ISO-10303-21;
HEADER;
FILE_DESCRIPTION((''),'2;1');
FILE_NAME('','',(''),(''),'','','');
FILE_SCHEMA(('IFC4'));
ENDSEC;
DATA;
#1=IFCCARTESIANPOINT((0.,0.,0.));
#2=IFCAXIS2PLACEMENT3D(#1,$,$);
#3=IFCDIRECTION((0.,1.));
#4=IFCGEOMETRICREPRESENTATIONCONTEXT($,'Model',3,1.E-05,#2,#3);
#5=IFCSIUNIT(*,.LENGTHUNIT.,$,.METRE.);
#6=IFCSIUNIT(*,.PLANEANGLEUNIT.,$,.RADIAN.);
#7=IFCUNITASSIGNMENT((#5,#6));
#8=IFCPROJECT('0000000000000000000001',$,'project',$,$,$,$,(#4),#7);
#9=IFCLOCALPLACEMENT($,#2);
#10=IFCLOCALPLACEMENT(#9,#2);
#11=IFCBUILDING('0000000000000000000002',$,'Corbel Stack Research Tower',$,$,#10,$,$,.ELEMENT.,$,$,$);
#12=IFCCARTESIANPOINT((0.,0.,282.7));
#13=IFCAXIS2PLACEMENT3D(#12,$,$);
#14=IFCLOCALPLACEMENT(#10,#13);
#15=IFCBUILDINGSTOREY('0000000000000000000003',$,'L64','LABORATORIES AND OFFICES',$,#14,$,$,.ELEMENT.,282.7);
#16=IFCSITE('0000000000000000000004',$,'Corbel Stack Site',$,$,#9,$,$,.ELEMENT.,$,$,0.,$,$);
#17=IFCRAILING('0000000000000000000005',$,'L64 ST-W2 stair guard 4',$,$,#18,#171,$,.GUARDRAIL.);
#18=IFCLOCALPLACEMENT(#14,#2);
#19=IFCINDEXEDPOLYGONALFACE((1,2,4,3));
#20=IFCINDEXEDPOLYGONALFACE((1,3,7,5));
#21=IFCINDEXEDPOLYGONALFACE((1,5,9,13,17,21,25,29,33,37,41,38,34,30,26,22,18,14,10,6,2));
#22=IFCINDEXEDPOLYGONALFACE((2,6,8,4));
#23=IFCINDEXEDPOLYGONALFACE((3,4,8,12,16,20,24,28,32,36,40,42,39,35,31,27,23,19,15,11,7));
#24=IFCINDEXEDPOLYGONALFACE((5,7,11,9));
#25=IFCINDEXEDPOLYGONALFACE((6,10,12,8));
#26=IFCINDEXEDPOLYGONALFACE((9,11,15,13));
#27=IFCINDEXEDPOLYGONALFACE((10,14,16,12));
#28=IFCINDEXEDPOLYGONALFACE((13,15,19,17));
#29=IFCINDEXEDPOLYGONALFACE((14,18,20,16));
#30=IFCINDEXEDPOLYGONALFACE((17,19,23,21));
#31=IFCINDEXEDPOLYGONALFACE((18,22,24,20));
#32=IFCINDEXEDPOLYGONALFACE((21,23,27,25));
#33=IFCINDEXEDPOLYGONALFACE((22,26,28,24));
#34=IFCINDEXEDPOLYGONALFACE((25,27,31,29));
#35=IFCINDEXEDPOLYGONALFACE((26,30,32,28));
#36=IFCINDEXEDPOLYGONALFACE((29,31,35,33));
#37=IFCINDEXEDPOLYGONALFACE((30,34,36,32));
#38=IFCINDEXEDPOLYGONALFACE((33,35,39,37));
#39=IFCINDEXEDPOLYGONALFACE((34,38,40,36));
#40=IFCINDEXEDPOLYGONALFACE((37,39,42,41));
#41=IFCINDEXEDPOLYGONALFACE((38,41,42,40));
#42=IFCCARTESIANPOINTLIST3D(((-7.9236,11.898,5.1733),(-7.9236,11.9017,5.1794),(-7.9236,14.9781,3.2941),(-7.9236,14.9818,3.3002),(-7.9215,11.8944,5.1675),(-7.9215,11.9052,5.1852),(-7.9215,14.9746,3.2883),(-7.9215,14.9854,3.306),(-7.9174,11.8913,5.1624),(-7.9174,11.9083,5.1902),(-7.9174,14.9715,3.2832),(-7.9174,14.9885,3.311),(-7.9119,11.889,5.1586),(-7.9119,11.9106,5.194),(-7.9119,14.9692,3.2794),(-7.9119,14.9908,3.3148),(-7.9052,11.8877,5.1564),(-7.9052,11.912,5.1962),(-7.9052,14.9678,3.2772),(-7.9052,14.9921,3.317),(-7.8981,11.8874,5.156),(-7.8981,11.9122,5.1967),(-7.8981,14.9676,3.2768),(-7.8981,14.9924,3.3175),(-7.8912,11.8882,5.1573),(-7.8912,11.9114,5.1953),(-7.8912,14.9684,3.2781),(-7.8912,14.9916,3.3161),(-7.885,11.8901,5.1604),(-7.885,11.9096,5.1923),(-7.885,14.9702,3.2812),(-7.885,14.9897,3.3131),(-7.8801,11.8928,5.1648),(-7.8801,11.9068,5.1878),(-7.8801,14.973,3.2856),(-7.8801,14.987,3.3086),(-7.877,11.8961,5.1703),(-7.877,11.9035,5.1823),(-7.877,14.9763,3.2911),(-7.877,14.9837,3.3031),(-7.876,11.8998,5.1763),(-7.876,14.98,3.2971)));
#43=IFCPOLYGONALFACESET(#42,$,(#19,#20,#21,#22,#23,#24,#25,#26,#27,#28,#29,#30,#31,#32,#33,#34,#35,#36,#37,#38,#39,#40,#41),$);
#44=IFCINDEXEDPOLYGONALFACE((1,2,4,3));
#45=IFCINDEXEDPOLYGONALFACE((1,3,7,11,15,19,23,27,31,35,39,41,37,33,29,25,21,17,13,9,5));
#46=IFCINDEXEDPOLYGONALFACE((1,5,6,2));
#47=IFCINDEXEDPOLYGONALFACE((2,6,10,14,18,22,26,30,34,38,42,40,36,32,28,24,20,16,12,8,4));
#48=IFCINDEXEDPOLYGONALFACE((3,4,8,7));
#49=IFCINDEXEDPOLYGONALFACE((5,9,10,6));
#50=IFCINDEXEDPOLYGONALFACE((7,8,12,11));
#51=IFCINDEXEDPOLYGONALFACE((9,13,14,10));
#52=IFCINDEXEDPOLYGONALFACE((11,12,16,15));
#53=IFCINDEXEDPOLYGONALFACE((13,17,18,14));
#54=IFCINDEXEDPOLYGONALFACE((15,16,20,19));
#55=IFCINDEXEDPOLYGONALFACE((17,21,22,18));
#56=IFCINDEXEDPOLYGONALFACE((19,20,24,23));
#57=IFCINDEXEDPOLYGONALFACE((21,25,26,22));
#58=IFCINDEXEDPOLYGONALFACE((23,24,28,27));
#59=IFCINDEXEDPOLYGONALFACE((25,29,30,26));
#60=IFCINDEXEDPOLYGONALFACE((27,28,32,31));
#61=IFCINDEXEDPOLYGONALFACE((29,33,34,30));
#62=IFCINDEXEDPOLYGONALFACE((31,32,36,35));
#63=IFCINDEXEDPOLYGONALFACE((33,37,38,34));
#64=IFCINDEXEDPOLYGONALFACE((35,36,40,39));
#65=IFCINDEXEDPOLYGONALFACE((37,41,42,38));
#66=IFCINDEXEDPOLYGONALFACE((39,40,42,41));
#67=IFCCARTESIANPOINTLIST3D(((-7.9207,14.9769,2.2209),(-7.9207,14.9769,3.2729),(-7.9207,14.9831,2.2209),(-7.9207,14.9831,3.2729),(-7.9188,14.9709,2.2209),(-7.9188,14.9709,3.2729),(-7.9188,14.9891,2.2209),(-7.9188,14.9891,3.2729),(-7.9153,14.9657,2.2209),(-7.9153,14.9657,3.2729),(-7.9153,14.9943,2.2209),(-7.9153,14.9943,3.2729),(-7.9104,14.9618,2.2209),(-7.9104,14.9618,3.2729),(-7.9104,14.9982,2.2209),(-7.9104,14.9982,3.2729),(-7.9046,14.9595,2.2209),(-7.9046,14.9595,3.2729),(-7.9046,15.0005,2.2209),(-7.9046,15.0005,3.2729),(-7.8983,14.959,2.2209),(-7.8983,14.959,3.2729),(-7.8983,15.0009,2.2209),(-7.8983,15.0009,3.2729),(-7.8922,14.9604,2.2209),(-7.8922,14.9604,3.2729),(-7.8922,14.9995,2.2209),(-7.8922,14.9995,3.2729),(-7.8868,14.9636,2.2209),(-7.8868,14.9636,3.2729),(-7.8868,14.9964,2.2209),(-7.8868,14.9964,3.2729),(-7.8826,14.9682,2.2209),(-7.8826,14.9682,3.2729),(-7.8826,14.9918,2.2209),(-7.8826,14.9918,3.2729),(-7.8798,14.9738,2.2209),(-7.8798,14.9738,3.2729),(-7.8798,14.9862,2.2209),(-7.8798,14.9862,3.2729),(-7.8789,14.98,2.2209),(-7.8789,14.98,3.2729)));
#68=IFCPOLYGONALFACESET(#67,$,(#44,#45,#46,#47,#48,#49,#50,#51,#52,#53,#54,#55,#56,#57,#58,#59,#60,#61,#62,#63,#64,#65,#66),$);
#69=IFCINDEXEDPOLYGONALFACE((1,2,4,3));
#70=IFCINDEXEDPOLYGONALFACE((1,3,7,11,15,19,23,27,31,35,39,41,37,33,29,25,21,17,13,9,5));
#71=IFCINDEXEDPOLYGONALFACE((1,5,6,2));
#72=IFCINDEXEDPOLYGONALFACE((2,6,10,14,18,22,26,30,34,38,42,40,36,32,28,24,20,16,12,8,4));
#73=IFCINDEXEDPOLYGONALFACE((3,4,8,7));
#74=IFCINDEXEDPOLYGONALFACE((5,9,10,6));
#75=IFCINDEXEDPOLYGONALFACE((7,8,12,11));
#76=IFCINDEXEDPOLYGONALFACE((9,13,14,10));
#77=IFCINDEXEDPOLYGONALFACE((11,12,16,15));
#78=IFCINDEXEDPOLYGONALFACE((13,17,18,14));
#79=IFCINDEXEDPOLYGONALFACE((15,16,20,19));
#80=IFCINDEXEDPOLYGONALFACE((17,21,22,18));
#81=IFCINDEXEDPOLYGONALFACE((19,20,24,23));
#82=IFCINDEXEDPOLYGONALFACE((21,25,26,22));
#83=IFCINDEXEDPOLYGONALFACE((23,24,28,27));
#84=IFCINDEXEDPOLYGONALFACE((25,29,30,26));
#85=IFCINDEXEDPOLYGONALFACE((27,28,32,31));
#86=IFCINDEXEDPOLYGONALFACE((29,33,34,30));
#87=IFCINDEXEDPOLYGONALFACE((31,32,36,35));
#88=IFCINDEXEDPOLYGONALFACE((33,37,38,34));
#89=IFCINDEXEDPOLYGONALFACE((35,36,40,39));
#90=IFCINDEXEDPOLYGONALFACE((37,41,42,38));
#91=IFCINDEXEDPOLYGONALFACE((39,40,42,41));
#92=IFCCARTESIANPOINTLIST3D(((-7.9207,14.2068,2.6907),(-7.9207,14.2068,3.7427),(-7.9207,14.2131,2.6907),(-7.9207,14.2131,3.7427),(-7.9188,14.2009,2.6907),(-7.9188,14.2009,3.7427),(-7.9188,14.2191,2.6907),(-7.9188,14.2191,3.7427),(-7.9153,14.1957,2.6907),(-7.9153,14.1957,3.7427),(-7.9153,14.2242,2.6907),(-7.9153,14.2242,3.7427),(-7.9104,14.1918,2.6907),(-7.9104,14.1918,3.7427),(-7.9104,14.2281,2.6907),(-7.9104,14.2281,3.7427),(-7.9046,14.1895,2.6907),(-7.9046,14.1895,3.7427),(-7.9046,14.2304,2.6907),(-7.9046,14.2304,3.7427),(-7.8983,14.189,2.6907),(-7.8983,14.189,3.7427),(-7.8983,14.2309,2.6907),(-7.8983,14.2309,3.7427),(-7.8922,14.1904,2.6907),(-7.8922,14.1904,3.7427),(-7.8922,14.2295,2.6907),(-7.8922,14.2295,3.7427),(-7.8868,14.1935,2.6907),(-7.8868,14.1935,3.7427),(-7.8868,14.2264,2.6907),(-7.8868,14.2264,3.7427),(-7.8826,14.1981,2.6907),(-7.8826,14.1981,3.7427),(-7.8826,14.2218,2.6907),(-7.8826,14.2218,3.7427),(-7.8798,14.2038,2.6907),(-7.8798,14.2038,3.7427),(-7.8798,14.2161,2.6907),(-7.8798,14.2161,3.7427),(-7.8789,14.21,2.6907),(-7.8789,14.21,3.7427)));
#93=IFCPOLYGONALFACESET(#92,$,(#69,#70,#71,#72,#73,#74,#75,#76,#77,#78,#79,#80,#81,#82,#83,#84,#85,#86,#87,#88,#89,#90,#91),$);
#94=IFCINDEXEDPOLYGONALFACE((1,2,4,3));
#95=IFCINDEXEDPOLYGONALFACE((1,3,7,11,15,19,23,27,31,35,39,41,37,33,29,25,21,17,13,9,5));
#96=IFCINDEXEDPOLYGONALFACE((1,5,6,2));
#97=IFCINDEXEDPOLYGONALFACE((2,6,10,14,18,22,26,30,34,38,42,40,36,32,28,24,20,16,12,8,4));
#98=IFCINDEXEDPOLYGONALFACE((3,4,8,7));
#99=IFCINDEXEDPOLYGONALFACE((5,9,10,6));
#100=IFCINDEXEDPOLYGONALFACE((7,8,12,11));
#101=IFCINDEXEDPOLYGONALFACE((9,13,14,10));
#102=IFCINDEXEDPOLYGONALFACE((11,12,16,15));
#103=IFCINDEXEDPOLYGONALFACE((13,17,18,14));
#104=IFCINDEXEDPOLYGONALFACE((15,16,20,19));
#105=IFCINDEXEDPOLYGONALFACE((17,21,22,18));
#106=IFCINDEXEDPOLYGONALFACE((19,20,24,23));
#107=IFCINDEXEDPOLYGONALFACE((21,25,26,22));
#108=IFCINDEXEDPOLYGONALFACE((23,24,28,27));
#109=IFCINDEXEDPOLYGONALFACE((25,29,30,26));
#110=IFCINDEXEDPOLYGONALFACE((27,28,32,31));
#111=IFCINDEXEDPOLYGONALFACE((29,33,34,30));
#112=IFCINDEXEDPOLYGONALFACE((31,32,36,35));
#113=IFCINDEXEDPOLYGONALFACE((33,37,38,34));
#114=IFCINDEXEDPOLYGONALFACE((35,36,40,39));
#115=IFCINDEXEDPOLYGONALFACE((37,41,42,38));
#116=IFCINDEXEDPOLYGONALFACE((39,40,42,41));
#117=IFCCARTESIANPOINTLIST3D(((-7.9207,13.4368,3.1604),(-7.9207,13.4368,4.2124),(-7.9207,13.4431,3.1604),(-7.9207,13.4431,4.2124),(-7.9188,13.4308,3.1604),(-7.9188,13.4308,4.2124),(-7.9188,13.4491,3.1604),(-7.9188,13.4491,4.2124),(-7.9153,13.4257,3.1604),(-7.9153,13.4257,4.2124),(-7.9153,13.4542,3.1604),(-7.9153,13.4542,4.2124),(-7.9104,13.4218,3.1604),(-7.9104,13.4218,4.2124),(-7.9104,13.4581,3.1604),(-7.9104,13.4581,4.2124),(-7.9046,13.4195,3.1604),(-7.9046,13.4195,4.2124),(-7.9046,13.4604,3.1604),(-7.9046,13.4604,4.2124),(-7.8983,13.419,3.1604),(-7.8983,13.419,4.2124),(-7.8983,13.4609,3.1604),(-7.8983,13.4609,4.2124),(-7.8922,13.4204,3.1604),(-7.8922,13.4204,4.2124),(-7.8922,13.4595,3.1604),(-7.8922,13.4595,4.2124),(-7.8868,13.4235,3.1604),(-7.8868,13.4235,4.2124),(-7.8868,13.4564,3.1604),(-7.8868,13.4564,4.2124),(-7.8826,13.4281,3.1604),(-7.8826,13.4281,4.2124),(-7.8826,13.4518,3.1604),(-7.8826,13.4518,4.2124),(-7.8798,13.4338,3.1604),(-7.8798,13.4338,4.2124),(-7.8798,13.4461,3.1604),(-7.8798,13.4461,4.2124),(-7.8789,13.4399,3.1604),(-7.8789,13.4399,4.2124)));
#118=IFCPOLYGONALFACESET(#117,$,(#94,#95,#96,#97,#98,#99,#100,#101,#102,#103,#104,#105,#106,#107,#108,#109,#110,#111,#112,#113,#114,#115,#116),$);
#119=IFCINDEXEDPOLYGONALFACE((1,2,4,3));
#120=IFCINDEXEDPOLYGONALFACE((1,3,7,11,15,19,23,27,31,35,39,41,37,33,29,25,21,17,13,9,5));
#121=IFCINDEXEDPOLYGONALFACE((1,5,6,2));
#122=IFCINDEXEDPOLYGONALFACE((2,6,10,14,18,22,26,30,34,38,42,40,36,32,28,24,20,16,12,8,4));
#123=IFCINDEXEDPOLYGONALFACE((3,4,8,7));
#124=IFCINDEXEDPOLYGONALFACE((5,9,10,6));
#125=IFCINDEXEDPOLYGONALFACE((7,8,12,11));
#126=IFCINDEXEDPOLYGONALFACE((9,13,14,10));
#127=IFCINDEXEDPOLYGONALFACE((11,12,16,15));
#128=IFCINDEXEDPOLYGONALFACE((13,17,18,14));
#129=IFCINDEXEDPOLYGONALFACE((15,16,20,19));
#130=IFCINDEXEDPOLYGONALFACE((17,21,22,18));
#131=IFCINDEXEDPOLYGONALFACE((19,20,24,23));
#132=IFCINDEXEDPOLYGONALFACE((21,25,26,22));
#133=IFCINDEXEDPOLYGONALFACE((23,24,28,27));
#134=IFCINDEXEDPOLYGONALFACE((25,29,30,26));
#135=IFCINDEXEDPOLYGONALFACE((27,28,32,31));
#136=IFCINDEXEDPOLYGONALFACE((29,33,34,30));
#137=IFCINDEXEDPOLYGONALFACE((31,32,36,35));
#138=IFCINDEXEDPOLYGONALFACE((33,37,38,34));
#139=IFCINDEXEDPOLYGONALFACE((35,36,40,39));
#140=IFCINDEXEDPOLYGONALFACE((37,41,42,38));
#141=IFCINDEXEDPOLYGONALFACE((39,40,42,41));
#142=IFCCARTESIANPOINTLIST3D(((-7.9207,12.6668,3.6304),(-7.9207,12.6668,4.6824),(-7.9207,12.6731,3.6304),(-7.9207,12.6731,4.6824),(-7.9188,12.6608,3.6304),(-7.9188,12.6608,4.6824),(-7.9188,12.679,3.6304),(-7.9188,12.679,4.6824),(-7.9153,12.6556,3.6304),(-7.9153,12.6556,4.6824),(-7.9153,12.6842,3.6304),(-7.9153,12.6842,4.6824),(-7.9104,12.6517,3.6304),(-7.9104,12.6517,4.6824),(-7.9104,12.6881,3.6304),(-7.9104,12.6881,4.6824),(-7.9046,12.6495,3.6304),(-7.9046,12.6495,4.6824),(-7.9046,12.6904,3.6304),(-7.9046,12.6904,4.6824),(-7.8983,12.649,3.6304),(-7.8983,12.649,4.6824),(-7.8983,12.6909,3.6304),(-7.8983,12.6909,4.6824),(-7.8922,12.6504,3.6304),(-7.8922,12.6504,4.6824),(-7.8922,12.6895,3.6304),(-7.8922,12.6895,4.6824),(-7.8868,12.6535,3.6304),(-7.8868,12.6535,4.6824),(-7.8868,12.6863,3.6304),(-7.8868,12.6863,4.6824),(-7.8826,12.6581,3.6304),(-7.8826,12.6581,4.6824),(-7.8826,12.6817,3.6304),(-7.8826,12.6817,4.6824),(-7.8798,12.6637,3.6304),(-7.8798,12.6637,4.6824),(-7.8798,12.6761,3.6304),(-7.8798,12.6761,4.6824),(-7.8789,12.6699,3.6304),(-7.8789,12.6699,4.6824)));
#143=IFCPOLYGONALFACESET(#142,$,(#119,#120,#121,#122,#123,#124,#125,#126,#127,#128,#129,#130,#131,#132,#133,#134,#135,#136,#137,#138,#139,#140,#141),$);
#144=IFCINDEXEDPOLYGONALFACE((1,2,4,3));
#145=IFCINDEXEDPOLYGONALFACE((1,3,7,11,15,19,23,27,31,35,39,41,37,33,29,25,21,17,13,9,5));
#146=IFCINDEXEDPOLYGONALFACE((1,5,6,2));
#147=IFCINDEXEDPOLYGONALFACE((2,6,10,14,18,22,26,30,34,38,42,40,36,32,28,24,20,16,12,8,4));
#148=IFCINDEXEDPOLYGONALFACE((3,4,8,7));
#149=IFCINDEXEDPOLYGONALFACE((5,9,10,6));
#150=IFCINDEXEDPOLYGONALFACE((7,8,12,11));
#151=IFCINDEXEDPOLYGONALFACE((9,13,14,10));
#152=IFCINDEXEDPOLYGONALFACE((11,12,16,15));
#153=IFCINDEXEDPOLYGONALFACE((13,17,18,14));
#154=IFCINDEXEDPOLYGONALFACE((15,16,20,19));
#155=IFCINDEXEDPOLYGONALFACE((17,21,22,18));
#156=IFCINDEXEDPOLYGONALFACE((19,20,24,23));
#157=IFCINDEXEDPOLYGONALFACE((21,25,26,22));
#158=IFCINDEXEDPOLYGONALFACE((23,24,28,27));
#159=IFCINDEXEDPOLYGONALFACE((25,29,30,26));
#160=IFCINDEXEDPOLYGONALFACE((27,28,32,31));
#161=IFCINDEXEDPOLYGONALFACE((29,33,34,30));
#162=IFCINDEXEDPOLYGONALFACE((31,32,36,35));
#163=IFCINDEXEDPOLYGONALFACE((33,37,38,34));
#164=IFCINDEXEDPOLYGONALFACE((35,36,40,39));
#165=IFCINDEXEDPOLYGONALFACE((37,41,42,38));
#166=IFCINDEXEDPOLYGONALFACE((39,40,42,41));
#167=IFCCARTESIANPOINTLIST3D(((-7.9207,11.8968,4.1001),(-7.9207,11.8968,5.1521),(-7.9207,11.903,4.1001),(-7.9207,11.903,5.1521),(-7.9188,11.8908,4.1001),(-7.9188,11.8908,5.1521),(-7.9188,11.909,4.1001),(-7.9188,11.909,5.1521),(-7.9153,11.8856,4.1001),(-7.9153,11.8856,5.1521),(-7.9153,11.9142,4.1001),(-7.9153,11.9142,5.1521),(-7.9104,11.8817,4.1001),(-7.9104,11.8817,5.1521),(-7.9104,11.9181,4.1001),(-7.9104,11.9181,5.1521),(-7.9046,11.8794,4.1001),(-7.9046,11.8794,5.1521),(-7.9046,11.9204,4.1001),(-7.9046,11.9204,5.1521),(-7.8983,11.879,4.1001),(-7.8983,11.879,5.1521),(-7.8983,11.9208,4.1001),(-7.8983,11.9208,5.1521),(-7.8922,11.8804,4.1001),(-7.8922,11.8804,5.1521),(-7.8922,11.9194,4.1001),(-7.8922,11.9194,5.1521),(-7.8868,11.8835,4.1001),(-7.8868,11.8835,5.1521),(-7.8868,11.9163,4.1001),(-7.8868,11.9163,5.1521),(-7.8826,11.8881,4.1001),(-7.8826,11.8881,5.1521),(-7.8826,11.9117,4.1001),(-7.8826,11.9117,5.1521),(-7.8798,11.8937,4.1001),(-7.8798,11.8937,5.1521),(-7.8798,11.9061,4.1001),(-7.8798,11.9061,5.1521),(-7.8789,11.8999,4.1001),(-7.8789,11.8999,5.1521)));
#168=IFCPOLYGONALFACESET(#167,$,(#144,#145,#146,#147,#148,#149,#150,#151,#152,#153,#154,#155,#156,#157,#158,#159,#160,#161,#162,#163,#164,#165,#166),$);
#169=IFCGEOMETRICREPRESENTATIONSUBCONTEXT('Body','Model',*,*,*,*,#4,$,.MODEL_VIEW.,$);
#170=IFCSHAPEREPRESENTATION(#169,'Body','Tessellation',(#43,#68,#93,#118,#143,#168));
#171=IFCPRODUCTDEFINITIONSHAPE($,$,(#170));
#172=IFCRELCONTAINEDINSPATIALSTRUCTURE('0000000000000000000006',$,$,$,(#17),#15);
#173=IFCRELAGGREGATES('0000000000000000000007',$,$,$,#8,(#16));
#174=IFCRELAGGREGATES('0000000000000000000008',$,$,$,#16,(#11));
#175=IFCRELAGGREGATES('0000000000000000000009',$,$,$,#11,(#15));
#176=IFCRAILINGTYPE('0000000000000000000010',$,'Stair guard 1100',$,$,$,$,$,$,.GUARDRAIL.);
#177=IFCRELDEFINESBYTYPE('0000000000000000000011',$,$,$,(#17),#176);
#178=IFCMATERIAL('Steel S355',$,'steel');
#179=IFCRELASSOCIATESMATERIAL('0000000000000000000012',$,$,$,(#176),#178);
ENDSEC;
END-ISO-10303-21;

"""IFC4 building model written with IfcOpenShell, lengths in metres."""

from ifc_helpers import new_model, si_unit, direction, frame, origin, origin_2d, place, context, subcontext, project, spatial, circle, extrude, material, type_object, element, save


model = new_model("IFC4")

# Units and contexts
model_context = context("Model", 3, precision=1e-05, world=origin(), true_north=direction((0.0, 1.0)))
body_context = subcontext(model_context, "Body", "Model", "MODEL_VIEW")
ifc_project = project(units=[si_unit("LENGTHUNIT", "METRE"), si_unit("PLANEANGLEUNIT", "RADIAN")], contexts=[model_context])

# Site, building, storey
site_placement = place(None, origin())
site = spatial("IfcSite", under=ifc_project, at=site_placement, Name="Corbel Stack Site", CompositionType="ELEMENT", RefElevation=0.0)
building_placement = place(site_placement, origin())
building = spatial("IfcBuilding", under=site, at=building_placement, Name="Corbel Stack Research Tower", CompositionType="ELEMENT")
storey_placement = place(building_placement, frame((0.0, 0.0, 282.7)))
storey = spatial("IfcBuildingStorey", under=building, at=storey_placement, Name="L64", Description="LABORATORIES AND OFFICES", CompositionType="ELEMENT", Elevation=282.7)

# Railing
ifc_material_1 = material(Name="Steel S355", Category="steel")
railing_type = type_object("IfcRailingType", Name="Stair guard 1100", PredefinedType="GUARDRAIL", material=ifc_material_1)
railing_1_placement = place(storey_placement, frame((-7.8999, 14.98, 2.2209)))
element("IfcRailing", 1, at=railing_1_placement, inside=storey, type_object=railing_type, Name="L64 ST-W2 stair guard 4", PredefinedType="GUARDRAIL", context=body_context, shape_type="SweptSolid", body=[
    extrude(circle(Radius=0.0239, at=origin_2d()), frame((0.0, 0.0, 1.0762), z_axis=(0.0, -0.853666, 0.52082), x_axis=(1.0, 0.0, 0.0)), (0.0, 0.0, 1.0), 3.6082),
    extrude(circle(Radius=0.021, at=origin_2d()), origin(), (0.0, 0.0, 1.0), 1.052),
    extrude(circle(Radius=0.021, at=origin_2d()), frame((0.0, -0.77, 0.4697)), (0.0, 0.0, 1.0), 1.052),
    extrude(circle(Radius=0.021, at=origin_2d()), frame((0.0, -1.54, 0.9395)), (0.0, 0.0, 1.0), 1.052),
    extrude(circle(Radius=0.021, at=origin_2d()), frame((0.0, -2.3101, 1.4094)), (0.0, 0.0, 1.0), 1.052),
    extrude(circle(Radius=0.021, at=origin_2d()), frame((0.0, -3.0801, 1.8792)), (0.0, 0.0, 1.0), 1.052),
])

save(model, "model.ifc")
